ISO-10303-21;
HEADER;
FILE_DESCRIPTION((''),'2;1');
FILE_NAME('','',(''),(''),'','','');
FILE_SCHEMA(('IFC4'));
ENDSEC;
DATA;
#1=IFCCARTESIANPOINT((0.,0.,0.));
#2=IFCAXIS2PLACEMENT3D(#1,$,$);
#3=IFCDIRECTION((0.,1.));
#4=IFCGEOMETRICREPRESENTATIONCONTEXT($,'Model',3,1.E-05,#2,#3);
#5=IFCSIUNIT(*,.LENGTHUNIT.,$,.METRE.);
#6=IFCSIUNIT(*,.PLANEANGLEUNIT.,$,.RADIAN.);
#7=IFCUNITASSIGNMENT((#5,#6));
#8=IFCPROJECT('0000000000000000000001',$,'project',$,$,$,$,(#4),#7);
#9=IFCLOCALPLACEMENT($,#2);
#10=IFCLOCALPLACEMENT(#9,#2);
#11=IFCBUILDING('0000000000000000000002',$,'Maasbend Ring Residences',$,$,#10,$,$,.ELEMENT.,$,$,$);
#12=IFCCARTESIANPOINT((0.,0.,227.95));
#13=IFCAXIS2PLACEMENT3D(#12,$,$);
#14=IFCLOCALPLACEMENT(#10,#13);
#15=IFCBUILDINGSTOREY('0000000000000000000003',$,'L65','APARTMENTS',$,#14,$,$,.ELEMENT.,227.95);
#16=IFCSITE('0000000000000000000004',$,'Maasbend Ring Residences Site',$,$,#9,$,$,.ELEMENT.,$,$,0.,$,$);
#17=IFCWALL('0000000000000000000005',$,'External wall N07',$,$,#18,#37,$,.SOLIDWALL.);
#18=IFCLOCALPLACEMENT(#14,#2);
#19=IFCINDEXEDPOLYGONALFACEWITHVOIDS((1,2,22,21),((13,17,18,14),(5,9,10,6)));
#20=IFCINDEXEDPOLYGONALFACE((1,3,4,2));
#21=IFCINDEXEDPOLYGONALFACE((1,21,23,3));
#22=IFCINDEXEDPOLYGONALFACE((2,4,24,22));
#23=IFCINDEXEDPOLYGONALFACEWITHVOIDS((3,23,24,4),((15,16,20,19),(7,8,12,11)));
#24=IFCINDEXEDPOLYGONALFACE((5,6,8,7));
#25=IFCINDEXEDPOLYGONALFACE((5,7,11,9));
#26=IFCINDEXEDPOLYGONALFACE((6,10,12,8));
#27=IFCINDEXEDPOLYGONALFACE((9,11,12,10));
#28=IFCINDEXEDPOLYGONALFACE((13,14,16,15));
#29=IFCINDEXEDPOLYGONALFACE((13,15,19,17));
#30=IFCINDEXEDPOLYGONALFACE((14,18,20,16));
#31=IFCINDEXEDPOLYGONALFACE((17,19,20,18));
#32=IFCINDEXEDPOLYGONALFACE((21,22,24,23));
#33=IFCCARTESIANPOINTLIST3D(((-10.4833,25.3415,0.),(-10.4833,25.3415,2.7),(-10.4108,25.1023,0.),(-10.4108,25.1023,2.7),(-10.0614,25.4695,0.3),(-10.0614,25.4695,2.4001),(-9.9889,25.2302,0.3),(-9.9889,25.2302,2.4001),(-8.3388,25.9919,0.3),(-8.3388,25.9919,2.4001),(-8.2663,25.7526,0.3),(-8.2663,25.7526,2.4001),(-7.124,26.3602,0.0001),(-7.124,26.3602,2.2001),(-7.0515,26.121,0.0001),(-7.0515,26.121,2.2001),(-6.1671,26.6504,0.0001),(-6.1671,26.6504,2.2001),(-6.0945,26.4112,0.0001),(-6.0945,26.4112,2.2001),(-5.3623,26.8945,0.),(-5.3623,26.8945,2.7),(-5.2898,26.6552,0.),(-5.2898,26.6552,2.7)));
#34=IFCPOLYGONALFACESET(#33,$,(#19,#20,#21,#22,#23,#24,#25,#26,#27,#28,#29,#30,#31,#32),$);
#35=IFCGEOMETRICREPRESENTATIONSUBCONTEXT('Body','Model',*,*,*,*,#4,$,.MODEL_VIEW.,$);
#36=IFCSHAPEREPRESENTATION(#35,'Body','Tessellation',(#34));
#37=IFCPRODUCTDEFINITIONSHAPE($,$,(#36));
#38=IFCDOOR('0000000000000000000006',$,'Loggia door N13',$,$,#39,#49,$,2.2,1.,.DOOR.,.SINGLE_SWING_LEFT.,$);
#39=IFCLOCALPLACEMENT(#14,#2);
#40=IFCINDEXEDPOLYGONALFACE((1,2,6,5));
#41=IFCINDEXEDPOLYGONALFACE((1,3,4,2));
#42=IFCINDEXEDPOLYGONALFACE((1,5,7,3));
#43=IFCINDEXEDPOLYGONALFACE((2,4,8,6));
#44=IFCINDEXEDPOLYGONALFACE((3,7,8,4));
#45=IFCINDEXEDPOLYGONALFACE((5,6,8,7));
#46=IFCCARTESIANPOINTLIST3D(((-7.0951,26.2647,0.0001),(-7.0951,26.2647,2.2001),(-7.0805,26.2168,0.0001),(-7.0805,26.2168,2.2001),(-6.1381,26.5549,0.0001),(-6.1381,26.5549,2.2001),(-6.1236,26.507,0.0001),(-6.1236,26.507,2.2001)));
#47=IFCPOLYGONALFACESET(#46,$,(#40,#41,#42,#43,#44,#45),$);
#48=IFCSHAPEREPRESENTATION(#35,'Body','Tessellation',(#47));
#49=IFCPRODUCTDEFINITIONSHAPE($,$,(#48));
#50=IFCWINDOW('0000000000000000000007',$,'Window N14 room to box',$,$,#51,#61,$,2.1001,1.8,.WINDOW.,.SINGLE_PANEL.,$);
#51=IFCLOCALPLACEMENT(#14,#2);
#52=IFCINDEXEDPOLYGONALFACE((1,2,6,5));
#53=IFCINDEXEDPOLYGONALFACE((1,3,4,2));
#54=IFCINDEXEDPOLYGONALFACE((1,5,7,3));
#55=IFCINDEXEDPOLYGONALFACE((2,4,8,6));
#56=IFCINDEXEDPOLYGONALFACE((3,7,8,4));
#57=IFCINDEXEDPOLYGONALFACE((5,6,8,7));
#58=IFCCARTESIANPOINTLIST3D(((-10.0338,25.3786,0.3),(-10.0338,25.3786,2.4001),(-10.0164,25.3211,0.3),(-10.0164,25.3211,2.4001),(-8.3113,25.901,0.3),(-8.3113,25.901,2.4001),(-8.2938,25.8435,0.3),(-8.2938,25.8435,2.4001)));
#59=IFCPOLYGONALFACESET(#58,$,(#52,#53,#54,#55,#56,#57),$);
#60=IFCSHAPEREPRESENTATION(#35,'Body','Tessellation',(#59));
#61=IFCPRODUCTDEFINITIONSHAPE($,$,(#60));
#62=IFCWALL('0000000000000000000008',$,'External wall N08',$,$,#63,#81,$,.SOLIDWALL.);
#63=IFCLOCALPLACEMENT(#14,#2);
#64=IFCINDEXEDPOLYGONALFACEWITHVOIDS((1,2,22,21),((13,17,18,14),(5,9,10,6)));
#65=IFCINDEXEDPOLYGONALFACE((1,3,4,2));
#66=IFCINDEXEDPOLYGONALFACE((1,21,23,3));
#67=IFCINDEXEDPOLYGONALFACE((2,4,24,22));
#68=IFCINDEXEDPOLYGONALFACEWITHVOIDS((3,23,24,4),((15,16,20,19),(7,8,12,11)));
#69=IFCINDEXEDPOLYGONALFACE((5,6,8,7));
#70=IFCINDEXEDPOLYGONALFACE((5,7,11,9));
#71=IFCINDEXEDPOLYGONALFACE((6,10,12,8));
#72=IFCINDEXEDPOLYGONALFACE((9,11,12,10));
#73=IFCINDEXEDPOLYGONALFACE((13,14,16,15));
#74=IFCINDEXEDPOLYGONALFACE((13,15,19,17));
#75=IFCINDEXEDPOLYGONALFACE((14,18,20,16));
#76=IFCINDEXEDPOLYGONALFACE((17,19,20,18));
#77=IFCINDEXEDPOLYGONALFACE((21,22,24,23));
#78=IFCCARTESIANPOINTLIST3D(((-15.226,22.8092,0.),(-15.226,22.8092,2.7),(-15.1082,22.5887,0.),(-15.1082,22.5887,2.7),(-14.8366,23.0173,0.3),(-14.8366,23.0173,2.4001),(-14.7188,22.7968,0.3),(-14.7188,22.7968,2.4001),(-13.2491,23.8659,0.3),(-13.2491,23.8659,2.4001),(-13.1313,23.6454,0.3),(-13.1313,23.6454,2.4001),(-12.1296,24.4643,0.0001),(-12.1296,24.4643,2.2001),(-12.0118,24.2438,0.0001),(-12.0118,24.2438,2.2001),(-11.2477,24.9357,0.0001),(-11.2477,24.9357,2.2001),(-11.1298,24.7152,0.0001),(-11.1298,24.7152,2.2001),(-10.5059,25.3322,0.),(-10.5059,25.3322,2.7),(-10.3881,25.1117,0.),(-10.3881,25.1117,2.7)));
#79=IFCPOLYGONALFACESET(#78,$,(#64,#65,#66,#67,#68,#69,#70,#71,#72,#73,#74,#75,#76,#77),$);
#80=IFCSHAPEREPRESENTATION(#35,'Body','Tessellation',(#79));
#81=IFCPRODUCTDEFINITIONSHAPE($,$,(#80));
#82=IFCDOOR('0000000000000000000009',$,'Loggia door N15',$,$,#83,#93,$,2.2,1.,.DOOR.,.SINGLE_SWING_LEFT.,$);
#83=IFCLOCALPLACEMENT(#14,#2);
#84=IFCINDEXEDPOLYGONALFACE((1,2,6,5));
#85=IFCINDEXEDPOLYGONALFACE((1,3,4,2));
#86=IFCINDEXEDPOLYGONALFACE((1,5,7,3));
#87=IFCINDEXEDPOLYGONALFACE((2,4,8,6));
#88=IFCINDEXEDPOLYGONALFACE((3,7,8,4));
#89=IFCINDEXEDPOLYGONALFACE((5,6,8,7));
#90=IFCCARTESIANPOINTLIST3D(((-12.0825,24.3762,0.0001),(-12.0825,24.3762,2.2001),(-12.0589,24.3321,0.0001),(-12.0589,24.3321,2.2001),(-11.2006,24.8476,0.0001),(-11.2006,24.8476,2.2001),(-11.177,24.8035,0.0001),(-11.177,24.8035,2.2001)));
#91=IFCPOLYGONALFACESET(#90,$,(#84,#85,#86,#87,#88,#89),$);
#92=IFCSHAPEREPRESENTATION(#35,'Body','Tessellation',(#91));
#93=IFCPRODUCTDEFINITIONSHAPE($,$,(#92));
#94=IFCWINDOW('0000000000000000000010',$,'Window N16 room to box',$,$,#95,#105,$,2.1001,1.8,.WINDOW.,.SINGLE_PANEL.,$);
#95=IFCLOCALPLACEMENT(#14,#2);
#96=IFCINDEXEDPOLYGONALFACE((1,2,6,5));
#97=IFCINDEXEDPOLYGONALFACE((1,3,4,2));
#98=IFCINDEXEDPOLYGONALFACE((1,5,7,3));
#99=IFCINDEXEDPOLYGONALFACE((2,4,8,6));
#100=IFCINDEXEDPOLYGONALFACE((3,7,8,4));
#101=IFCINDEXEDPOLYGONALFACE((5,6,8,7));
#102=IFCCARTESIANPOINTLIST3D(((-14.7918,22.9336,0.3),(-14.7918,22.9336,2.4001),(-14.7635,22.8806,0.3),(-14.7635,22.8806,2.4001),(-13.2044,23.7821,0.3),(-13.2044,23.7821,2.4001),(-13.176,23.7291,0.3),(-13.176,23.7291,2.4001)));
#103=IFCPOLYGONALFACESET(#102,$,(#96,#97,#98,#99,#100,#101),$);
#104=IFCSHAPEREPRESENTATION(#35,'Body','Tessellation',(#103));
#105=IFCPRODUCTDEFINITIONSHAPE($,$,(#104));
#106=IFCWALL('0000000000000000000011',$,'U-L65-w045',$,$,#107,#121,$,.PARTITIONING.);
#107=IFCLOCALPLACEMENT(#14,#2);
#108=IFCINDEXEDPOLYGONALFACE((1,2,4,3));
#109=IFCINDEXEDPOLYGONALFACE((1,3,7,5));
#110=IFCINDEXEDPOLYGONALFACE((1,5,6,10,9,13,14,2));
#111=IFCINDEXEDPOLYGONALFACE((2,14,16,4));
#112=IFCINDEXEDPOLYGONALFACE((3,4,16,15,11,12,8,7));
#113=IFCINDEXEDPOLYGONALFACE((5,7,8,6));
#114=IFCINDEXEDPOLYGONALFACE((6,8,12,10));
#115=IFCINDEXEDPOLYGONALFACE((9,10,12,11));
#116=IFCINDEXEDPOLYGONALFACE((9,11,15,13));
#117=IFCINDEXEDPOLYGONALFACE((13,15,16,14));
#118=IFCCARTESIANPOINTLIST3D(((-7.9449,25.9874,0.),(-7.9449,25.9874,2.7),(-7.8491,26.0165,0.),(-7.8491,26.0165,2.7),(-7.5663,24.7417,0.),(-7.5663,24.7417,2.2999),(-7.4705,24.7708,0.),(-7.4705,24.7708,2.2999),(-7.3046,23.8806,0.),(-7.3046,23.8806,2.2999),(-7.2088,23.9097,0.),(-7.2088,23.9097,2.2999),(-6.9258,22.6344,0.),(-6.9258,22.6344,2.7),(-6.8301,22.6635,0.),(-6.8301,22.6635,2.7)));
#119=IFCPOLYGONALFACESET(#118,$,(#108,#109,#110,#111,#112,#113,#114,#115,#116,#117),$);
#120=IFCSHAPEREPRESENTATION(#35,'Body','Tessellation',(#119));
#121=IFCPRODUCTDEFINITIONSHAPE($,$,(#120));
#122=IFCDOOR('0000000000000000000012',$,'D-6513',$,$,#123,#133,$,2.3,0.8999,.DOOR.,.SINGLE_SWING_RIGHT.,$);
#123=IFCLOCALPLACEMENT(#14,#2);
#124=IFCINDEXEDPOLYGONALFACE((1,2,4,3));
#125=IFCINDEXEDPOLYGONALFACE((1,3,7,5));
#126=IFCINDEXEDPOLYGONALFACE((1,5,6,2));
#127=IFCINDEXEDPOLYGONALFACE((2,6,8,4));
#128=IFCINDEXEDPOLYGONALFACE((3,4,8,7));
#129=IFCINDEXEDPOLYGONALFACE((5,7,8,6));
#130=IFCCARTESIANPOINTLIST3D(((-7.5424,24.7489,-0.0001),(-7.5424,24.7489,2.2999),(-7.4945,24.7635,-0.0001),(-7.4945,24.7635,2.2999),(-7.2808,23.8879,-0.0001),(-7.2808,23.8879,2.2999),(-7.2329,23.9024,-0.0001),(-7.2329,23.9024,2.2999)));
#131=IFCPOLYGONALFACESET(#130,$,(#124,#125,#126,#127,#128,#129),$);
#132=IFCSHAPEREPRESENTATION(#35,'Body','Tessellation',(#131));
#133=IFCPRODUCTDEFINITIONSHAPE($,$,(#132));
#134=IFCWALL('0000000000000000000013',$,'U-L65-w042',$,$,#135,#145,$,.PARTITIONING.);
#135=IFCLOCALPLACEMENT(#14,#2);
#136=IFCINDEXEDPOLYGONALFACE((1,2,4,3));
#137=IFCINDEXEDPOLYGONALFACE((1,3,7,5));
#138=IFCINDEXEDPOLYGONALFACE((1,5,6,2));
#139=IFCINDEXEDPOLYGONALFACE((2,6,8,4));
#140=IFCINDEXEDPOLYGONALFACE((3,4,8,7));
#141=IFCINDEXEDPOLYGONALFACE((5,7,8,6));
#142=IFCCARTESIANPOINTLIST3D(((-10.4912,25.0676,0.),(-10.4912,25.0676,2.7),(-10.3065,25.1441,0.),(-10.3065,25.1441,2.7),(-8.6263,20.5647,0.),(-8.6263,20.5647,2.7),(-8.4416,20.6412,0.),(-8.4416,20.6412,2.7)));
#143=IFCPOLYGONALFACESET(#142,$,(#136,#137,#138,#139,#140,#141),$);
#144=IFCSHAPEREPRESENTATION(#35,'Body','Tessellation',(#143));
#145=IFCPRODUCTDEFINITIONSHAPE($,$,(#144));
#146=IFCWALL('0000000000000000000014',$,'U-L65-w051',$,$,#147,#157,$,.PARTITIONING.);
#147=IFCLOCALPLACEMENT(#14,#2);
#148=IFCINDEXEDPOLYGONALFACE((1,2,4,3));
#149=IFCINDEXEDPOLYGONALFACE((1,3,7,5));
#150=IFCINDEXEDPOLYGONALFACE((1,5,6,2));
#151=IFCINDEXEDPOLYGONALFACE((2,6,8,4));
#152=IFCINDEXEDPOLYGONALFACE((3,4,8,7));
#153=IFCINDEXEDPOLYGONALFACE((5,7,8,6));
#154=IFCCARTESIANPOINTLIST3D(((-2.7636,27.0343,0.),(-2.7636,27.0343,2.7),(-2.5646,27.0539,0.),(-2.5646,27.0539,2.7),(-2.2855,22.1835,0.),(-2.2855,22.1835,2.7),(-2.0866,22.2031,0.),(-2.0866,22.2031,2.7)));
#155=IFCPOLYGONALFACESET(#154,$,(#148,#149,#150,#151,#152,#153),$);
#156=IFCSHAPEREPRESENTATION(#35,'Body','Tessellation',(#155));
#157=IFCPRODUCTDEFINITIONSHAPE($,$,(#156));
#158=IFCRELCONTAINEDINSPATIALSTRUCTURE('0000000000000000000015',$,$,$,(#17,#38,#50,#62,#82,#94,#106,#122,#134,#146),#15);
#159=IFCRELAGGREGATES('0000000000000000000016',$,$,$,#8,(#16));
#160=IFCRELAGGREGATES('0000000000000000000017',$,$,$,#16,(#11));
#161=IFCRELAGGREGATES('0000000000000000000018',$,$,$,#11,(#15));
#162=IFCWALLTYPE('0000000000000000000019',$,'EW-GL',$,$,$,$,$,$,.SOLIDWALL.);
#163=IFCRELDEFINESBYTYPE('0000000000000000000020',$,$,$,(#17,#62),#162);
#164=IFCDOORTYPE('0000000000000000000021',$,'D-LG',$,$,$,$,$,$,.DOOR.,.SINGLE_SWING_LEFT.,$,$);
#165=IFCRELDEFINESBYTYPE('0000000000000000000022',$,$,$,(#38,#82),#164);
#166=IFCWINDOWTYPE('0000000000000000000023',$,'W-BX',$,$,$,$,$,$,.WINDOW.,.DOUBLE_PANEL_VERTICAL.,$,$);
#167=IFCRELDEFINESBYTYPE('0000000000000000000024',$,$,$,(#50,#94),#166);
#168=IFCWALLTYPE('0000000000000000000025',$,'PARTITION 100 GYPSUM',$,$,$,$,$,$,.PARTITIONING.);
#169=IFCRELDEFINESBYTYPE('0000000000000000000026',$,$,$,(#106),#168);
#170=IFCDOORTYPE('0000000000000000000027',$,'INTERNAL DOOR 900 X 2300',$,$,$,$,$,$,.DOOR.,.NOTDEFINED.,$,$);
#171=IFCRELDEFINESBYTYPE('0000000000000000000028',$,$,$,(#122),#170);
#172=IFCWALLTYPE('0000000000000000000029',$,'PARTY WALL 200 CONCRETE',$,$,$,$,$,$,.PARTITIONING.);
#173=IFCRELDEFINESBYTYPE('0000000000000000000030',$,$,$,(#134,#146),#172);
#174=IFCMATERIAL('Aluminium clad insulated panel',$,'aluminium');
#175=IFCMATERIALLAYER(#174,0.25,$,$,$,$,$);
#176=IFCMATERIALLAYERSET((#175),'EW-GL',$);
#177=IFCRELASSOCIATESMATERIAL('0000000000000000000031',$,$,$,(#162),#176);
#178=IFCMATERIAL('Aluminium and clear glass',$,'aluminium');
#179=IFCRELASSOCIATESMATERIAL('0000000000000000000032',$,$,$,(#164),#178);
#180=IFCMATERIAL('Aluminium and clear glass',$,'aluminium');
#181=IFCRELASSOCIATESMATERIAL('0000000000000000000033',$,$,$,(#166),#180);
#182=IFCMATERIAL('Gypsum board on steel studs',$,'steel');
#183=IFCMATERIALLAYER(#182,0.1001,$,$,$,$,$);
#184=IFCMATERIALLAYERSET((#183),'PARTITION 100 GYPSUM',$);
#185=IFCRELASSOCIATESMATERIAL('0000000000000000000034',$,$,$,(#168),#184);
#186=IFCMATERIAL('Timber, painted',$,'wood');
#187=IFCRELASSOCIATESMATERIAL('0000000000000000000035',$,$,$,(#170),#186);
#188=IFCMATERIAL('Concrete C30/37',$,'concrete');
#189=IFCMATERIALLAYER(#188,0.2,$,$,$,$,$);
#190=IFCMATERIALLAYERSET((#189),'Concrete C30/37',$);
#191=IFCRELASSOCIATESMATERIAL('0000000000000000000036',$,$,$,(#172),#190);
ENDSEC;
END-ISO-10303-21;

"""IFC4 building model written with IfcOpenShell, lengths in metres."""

from ifc_helpers import new_model, si_unit, direction, frame, frame_2d, origin, place, context, subcontext, project, spatial, rectangle, extrude, material, layer, layer_set, type_object, element, fill, save


model = new_model("IFC4")

# Units and contexts
model_context = context("Model", 3, precision=1e-05, world=origin(), true_north=direction((0.0, 1.0)))
body_context = subcontext(model_context, "Body", "Model", "MODEL_VIEW")
ifc_project = project(units=[si_unit("LENGTHUNIT", "METRE"), si_unit("PLANEANGLEUNIT", "RADIAN")], contexts=[model_context])

# Site, building, storey
site_placement = place(None, origin())
site = spatial("IfcSite", under=ifc_project, at=site_placement, Name="Maasbend Ring Residences Site", CompositionType="ELEMENT", RefElevation=0.0)
building_placement = place(site_placement, origin())
building = spatial("IfcBuilding", under=site, at=building_placement, Name="Maasbend Ring Residences", CompositionType="ELEMENT")
storey_placement = place(building_placement, frame((0.0, 0.0, 227.95)))
storey = spatial("IfcBuildingStorey", under=building, at=storey_placement, Name="L65", Description="APARTMENTS", CompositionType="ELEMENT", Elevation=227.95)

# Walls, openings, doors, windows
ifc_material_1 = material(Name="Aluminium clad insulated panel", Category="aluminium")
ifc_layer_1 = layer(ifc_material_1, 0.25)
ifc_layer_set_1 = layer_set([ifc_layer_1], Name="EW-GL")
wall_type_1 = type_object("IfcWallType", Name="EW-GL", PredefinedType="SOLIDWALL", material=ifc_layer_set_1)
wall_1_placement = place(storey_placement, frame((-5.3259, 26.7749, 0.0), z_axis=(0.0, 0.0, 1.0), x_axis=(-0.956966, -0.290201, 0.0)))
wall_1 = element("IfcWall", 1, at=wall_1_placement, inside=storey, type_object=wall_type_1, Name="External wall N07", PredefinedType="SOLIDWALL", context=body_context, shape_type="SweptSolid", body=[
    extrude(rectangle(XDim=5.3513, YDim=0.25, at=frame_2d((2.6758, 0.0))), origin(), (0.0, 0.0, 1.0), 2.7),
])
opening_1_placement = place(wall_1_placement, frame((0.8411, 0.0, 0.0)))
opening_1 = element("IfcOpeningElement", 2, at=opening_1_placement, cuts=wall_1, PredefinedType="OPENING", context=body_context, shape_type="SweptSolid", body=[
    extrude(rectangle(XDim=1.0, YDim=2.2, at=frame_2d((0.5, 1.1001))), frame((0.0, 0.135, 0.0), z_axis=(0.0, -1.0, 0.0), x_axis=(1.0, 0.0, 0.0)), (0.0, 0.0, 1.0), 0.27),
])
opening_2_placement = place(wall_1_placement, frame((3.1106, 0.0, 0.3)))
opening_2 = element("IfcOpeningElement", 3, at=opening_2_placement, cuts=wall_1, PredefinedType="OPENING", context=body_context, shape_type="SweptSolid", body=[
    extrude(rectangle(XDim=1.8, YDim=2.1001, at=frame_2d((0.8999, 1.05))), frame((0.0, 0.135, 0.0), z_axis=(0.0, -1.0, 0.0), x_axis=(1.0, 0.0, 0.0)), (0.0, 0.0, 1.0), 0.27),
])
ifc_material_2 = material(Name="Aluminium and clear glass", Category="aluminium")
door_type_1 = type_object("IfcDoorType", Name="D-LG", OperationType="SINGLE_SWING_LEFT", PredefinedType="DOOR", material=ifc_material_2)
door_1_placement = place(opening_1_placement, origin())
door_1 = element("IfcDoor", 4, at=door_1_placement, inside=storey, type_object=door_type_1, Name="Loggia door N13", OperationType="SINGLE_SWING_LEFT", OverallHeight=2.2, OverallWidth=1.0, PredefinedType="DOOR", context=body_context, shape_type="SweptSolid", body=[
    extrude(rectangle(XDim=1.0, YDim=2.2, at=frame_2d((0.5, 1.1001))), frame((0.0, 0.0249, 0.0), z_axis=(0.0, -1.0, 0.0), x_axis=(1.0, 0.0, 0.0)), (0.0, 0.0, 1.0), 0.05),
])
fill(opening_1, door_1)
ifc_material_3 = material(Name="Aluminium and clear glass", Category="aluminium")
window_type_1 = type_object("IfcWindowType", Name="W-BX", PartitioningType="DOUBLE_PANEL_VERTICAL", PredefinedType="WINDOW", material=ifc_material_3)
window_1_placement = place(opening_2_placement, origin())
window_1 = element("IfcWindow", 5, at=window_1_placement, inside=storey, type_object=window_type_1, Name="Window N14 room to box", OverallHeight=2.1001, OverallWidth=1.8, PartitioningType="SINGLE_PANEL", PredefinedType="WINDOW", context=body_context, shape_type="SweptSolid", body=[
    extrude(rectangle(XDim=1.8, YDim=2.1001, at=frame_2d((0.8999, 1.05))), frame((0.0, 0.03, 0.0), z_axis=(0.0, -1.0, 0.0), x_axis=(1.0, 0.0, 0.0)), (0.0, 0.0, 1.0), 0.0601),
])
fill(opening_2, window_1)
wall_2_placement = place(storey_placement, frame((-10.447, 25.2219, 0.0), z_axis=(0.0, 0.0, 1.0), x_axis=(-0.881916, -0.471407, 0.0)))
wall_2 = element("IfcWall", 6, at=wall_2_placement, inside=storey, type_object=wall_type_1, Name="External wall N08", PredefinedType="SOLIDWALL", context=body_context, shape_type="SweptSolid", body=[
    extrude(rectangle(XDim=5.3521, YDim=0.25, at=frame_2d((2.676, 0.0))), origin(), (0.0, 0.0, 1.0), 2.7),
])
opening_3_placement = place(wall_2_placement, frame((0.8411, 0.0, 0.0)))
opening_3 = element("IfcOpeningElement", 7, at=opening_3_placement, cuts=wall_2, PredefinedType="OPENING", context=body_context, shape_type="SweptSolid", body=[
    extrude(rectangle(XDim=1.0, YDim=2.2, at=frame_2d((0.5, 1.1001))), frame((0.0, 0.135, 0.0), z_axis=(0.0, -1.0, 0.0), x_axis=(1.0, 0.0, 0.0)), (0.0, 0.0, 1.0), 0.27),
])
opening_4_placement = place(wall_2_placement, frame((3.1106, 0.0, 0.3)))
opening_4 = element("IfcOpeningElement", 8, at=opening_4_placement, cuts=wall_2, PredefinedType="OPENING", context=body_context, shape_type="SweptSolid", body=[
    extrude(rectangle(XDim=1.8, YDim=2.1001, at=frame_2d((0.8999, 1.05))), frame((0.0, 0.135, 0.0), z_axis=(0.0, -1.0, 0.0), x_axis=(1.0, 0.0, 0.0)), (0.0, 0.0, 1.0), 0.27),
])
door_2_placement = place(opening_3_placement, origin())
door_2 = element("IfcDoor", 9, at=door_2_placement, inside=storey, type_object=door_type_1, Name="Loggia door N15", OperationType="SINGLE_SWING_LEFT", OverallHeight=2.2, OverallWidth=1.0, PredefinedType="DOOR", context=body_context, shape_type="SweptSolid", body=[
    extrude(rectangle(XDim=1.0, YDim=2.2, at=frame_2d((0.5, 1.1001))), frame((0.0, 0.0249, 0.0), z_axis=(0.0, -1.0, 0.0), x_axis=(1.0, 0.0, 0.0)), (0.0, 0.0, 1.0), 0.05),
])
fill(opening_3, door_2)
window_2_placement = place(opening_4_placement, origin())
window_2 = element("IfcWindow", 10, at=window_2_placement, inside=storey, type_object=window_type_1, Name="Window N16 room to box", OverallHeight=2.1001, OverallWidth=1.8, PartitioningType="SINGLE_PANEL", PredefinedType="WINDOW", context=body_context, shape_type="SweptSolid", body=[
    extrude(rectangle(XDim=1.8, YDim=2.1001, at=frame_2d((0.8999, 1.05))), frame((0.0, 0.03, 0.0), z_axis=(0.0, -1.0, 0.0), x_axis=(1.0, 0.0, 0.0)), (0.0, 0.0, 1.0), 0.0601),
])
fill(opening_4, window_2)

# Wall, opening, door
ifc_material_4 = material(Name="Gypsum board on steel studs", Category="steel")
ifc_layer_2 = layer(ifc_material_4, 0.1001)
ifc_layer_set_2 = layer_set([ifc_layer_2], Name="PARTITION 100 GYPSUM")
wall_type_2 = type_object("IfcWallType", Name="PARTITION 100 GYPSUM", PredefinedType="PARTITIONING", material=ifc_layer_set_2)
wall_3_placement = place(storey_placement, frame((-7.897, 26.002, 0.0), z_axis=(0.0, 0.0, 1.0), x_axis=(0.290785, -0.956789, 0.0)))
wall_3 = element("IfcWall", 11, at=wall_3_placement, inside=storey, type_object=wall_type_2, Name="U-L65-w045", PredefinedType="PARTITIONING", context=body_context, shape_type="SweptSolid", body=[
    extrude(rectangle(XDim=3.5044, YDim=0.1001, at=frame_2d((1.7522, 0.0))), origin(), (0.0, 0.0, 1.0), 2.7),
])
opening_5_placement = place(wall_3_placement, frame((1.302, 0.0, 0.0)))
opening_5 = element("IfcOpeningElement", 12, at=opening_5_placement, cuts=wall_3, PredefinedType="OPENING", context=body_context, shape_type="SweptSolid", body=[
    extrude(rectangle(XDim=0.8999, YDim=2.3, at=frame_2d((0.45, 1.1499))), frame((0.0, 0.0601, 0.0), z_axis=(0.0, -1.0, 0.0), x_axis=(1.0, 0.0, 0.0)), (0.0, 0.0, 1.0), 0.1201),
])
ifc_material_5 = material(Name="Timber, painted", Category="wood")
door_type_2 = type_object("IfcDoorType", Name="INTERNAL DOOR 900 X 2300", OperationType="NOTDEFINED", PredefinedType="DOOR", material=ifc_material_5)
door_3_placement = place(opening_5_placement, origin())
door_3 = element("IfcDoor", 13, at=door_3_placement, inside=storey, type_object=door_type_2, Name="D-6513", OperationType="SINGLE_SWING_RIGHT", OverallHeight=2.3, OverallWidth=0.8999, PredefinedType="DOOR", context=body_context, shape_type="SweptSolid", body=[
    extrude(rectangle(XDim=0.8999, YDim=2.3, at=frame_2d((0.45, 1.1499))), frame((0.0, 0.0249, 0.0), z_axis=(0.0, -1.0, 0.0), x_axis=(1.0, 0.0, 0.0)), (0.0, 0.0, 1.0), 0.05),
])
fill(opening_5, door_3)

# Walls
ifc_material_6 = material(Name="Concrete C30/37", Category="concrete")
ifc_layer_3 = layer(ifc_material_6, 0.2)
ifc_layer_set_3 = layer_set([ifc_layer_3], Name="Concrete C30/37")
wall_type_3 = type_object("IfcWallType", Name="PARTY WALL 200 CONCRETE", PredefinedType="PARTITIONING", material=ifc_layer_set_3)
wall_4_placement = place(storey_placement, frame((-10.3989, 25.106, 0.0), z_axis=(0.0, 0.0, 1.0), x_axis=(0.382651, -0.923893, 0.0)))
element("IfcWall", 14, at=wall_4_placement, inside=storey, type_object=wall_type_3, Name="U-L65-w042", PredefinedType="PARTITIONING", context=body_context, shape_type="SweptSolid", body=[
    extrude(rectangle(XDim=4.8738, YDim=0.2, at=frame_2d((2.437, 0.0))), origin(), (0.0, 0.0, 1.0), 2.7),
])
wall_5_placement = place(storey_placement, frame((-2.6641, 27.0439, 0.0), z_axis=(0.0, 0.0, 1.0), x_axis=(0.09807, -0.995179, 0.0)))
element("IfcWall", 15, at=wall_5_placement, inside=storey, type_object=wall_type_3, Name="U-L65-w051", PredefinedType="PARTITIONING", context=body_context, shape_type="SweptSolid", body=[
    extrude(rectangle(XDim=4.8743, YDim=0.2, at=frame_2d((2.437, 0.0))), origin(), (0.0, 0.0, 1.0), 2.7),
])

save(model, "model.ifc")
